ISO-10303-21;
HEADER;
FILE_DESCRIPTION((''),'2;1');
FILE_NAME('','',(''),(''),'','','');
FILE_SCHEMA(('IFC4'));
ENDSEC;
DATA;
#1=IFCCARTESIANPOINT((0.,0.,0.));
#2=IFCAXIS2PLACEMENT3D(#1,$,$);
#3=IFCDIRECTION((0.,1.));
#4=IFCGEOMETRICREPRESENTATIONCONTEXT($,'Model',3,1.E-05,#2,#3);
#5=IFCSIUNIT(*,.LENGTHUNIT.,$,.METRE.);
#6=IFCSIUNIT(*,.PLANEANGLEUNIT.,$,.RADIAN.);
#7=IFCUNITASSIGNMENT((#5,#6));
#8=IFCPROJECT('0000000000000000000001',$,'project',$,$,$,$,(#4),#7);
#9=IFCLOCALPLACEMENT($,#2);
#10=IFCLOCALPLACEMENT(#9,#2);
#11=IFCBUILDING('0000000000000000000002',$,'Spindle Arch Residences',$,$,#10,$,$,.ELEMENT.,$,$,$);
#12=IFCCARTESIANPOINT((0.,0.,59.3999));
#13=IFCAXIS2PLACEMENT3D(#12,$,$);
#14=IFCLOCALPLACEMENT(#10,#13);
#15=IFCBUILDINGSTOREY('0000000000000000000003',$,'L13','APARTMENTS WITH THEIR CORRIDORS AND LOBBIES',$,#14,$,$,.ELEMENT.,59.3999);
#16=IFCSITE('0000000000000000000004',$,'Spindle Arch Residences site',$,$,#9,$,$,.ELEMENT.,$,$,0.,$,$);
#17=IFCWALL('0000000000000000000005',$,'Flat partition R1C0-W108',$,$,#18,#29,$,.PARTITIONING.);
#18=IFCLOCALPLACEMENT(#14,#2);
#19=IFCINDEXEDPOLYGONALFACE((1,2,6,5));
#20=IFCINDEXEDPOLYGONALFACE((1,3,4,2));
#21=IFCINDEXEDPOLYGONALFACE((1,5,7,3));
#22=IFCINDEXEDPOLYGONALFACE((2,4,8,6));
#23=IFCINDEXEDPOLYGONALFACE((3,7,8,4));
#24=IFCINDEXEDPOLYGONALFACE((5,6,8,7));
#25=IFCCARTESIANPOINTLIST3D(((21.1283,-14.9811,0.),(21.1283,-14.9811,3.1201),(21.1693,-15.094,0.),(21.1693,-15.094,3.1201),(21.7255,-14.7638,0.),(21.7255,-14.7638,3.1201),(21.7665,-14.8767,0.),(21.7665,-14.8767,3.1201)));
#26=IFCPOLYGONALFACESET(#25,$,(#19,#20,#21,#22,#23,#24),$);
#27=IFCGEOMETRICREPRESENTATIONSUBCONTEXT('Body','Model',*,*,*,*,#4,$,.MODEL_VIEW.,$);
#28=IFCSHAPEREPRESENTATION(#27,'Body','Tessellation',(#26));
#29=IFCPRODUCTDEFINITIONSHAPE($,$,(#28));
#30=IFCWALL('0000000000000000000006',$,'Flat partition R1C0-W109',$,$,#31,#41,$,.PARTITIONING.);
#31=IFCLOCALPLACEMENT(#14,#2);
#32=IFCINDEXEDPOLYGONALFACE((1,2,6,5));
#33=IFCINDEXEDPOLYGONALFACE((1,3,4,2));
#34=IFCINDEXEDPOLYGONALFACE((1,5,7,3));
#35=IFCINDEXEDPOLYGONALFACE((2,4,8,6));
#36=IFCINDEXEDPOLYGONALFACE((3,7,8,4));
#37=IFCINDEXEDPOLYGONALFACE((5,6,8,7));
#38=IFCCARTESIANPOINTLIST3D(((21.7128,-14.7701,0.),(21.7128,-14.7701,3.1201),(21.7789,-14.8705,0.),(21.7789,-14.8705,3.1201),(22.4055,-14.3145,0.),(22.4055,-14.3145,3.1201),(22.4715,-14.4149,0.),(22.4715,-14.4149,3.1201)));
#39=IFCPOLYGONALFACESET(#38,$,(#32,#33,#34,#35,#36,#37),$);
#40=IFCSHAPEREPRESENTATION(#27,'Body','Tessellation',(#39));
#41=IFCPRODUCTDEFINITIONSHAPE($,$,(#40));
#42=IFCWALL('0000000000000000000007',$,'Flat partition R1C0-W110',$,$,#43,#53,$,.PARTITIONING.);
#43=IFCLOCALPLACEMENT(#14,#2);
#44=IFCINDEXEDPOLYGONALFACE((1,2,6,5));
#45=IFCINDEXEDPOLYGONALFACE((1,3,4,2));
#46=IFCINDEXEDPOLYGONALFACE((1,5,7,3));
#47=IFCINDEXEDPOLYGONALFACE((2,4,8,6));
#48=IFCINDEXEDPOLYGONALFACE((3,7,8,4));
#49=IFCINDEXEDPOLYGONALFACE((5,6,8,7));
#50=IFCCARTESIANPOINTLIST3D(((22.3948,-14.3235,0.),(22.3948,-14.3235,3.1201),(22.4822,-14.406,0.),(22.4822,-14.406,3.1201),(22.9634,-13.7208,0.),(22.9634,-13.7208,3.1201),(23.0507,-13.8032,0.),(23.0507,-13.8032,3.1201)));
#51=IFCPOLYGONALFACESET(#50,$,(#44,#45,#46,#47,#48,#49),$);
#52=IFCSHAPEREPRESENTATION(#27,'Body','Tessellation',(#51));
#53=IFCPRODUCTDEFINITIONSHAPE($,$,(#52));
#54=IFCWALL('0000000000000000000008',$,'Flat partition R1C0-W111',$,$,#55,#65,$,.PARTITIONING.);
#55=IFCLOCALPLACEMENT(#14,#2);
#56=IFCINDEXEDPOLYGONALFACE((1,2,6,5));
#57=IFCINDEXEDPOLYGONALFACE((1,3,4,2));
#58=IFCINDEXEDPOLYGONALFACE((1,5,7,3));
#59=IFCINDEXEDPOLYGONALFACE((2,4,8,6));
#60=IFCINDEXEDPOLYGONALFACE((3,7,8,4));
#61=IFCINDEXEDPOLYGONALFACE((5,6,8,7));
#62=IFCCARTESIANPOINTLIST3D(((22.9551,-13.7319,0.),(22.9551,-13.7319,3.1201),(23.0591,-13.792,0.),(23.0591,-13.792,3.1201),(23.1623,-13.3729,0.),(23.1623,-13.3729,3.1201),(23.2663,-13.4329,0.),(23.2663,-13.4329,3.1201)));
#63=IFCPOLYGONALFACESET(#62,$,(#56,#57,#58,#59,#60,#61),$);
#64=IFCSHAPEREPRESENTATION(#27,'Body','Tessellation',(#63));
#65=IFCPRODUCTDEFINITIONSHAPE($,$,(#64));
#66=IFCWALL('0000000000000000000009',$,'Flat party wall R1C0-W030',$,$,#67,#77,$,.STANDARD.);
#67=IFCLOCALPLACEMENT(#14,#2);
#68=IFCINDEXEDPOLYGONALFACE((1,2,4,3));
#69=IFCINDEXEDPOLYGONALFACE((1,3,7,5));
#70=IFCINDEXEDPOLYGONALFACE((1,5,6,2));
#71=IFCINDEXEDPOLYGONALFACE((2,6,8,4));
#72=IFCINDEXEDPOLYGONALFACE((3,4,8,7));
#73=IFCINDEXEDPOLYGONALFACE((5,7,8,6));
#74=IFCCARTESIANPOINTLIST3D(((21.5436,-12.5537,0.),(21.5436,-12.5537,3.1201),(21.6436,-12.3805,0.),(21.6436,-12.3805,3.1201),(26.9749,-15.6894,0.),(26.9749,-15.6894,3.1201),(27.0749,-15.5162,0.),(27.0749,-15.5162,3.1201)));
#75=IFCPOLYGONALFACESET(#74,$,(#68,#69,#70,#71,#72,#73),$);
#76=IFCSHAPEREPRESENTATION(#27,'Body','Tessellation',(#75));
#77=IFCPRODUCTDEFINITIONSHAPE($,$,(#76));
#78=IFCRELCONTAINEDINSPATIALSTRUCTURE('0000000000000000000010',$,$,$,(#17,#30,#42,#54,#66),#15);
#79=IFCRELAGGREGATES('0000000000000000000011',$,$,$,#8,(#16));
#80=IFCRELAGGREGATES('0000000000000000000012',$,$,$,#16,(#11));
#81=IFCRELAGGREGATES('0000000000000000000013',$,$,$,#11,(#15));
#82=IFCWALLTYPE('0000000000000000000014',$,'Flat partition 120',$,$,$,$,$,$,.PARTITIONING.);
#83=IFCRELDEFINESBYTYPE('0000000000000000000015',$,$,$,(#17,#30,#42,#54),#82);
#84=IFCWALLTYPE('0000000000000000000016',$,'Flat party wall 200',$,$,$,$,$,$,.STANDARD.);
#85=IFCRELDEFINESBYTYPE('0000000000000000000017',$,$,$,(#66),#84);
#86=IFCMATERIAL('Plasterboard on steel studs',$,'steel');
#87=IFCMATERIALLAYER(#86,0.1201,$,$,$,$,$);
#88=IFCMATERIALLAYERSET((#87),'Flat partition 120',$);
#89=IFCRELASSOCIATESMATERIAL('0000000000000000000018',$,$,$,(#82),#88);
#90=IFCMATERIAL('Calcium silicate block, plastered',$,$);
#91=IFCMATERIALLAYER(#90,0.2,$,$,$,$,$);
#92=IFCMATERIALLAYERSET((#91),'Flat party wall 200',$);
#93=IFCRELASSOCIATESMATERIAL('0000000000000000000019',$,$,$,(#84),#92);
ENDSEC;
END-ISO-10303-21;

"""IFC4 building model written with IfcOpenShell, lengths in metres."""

from ifc_helpers import new_model, si_unit, direction, frame, frame_2d, origin, place, context, subcontext, project, spatial, rectangle, extrude, material, layer, layer_set, type_object, element, save


model = new_model("IFC4")

# Units and contexts
model_context = context("Model", 3, precision=1e-05, world=origin(), true_north=direction((0.0, 1.0)))
body_context = subcontext(model_context, "Body", "Model", "MODEL_VIEW")
ifc_project = project(units=[si_unit("LENGTHUNIT", "METRE"), si_unit("PLANEANGLEUNIT", "RADIAN")], contexts=[model_context])

# Site, building, storey
site_placement = place(None, origin())
site = spatial("IfcSite", under=ifc_project, at=site_placement, Name="Spindle Arch Residences site", CompositionType="ELEMENT", RefElevation=0.0)
building_placement = place(site_placement, origin())
building = spatial("IfcBuilding", under=site, at=building_placement, Name="Spindle Arch Residences", CompositionType="ELEMENT")
storey_placement = place(building_placement, frame((0.0, 0.0, 59.3999)))
storey = spatial("IfcBuildingStorey", under=building, at=storey_placement, Name="L13", Description="APARTMENTS WITH THEIR CORRIDORS AND LOBBIES", CompositionType="ELEMENT", Elevation=59.3999)

# Shared definitions
ifc_material_1 = material(Name="Plasterboard on steel studs", Category="steel")
ifc_layer_1 = layer(ifc_material_1, 0.1201)
ifc_layer_set_1 = layer_set([ifc_layer_1], Name="Flat partition 120")
wall_type_1 = type_object("IfcWallType", Name="Flat partition 120", PredefinedType="PARTITIONING", material=ifc_layer_set_1)

# Walls
wall_1_placement = place(storey_placement, frame((21.1487, -15.0376, 0.0), z_axis=(0.0, 0.0, 1.0), x_axis=(0.939726, 0.341928, 0.0)))
element("IfcWall", 1, at=wall_1_placement, inside=storey, type_object=wall_type_1, Name="Flat partition R1C0-W108", PredefinedType="PARTITIONING", context=body_context, shape_type="SweptSolid", body=[
    extrude(rectangle(XDim=0.6355, YDim=0.1201, at=frame_2d((0.3179, 0.0))), origin(), (0.0, 0.0, 1.0), 3.1201),
])
wall_2_placement = place(storey_placement, frame((21.7458, -14.8203, 0.0), z_axis=(0.0, 0.0, 1.0), x_axis=(0.835478, 0.549525, 0.0)))
element("IfcWall", 2, at=wall_2_placement, inside=storey, type_object=wall_type_1, Name="Flat partition R1C0-W109", PredefinedType="PARTITIONING", context=body_context, shape_type="SweptSolid", body=[
    extrude(rectangle(XDim=0.8291, YDim=0.1201, at=frame_2d((0.4146, 0.0))), origin(), (0.0, 0.0, 1.0), 3.1201),
])
wall_3_placement = place(storey_placement, frame((22.4385, -14.3647, 0.0), z_axis=(0.0, 0.0, 1.0), x_axis=(0.686182, 0.72743, 0.0)))
element("IfcWall", 3, at=wall_3_placement, inside=storey, type_object=wall_type_1, Name="Flat partition R1C0-W110", PredefinedType="PARTITIONING", context=body_context, shape_type="SweptSolid", body=[
    extrude(rectangle(XDim=0.8286, YDim=0.1201, at=frame_2d((0.4143, 0.0))), origin(), (0.0, 0.0, 1.0), 3.1201),
])
wall_4_placement = place(storey_placement, frame((23.0071, -13.762, 0.0), z_axis=(0.0, 0.0, 1.0), x_axis=(0.499875, 0.866097, 0.0)))
element("IfcWall", 4, at=wall_4_placement, inside=storey, type_object=wall_type_1, Name="Flat partition R1C0-W111", PredefinedType="PARTITIONING", context=body_context, shape_type="SweptSolid", body=[
    extrude(rectangle(XDim=0.4146, YDim=0.1201, at=frame_2d((0.2073, 0.0))), origin(), (0.0, 0.0, 1.0), 3.1201),
])
ifc_material_2 = material(Name="Calcium silicate block, plastered")
ifc_layer_2 = layer(ifc_material_2, 0.2)
ifc_layer_set_2 = layer_set([ifc_layer_2], Name="Flat party wall 200")
wall_type_2 = type_object("IfcWallType", Name="Flat party wall 200", PredefinedType="STANDARD", material=ifc_layer_set_2)
wall_5_placement = place(storey_placement, frame((27.0249, -15.6028, 0.0), z_axis=(0.0, 0.0, 1.0), x_axis=(-0.866031, 0.499991, 0.0)))
element("IfcWall", 5, at=wall_5_placement, inside=storey, type_object=wall_type_2, Name="Flat party wall R1C0-W030", PredefinedType="STANDARD", context=body_context, shape_type="SweptSolid", body=[
    extrude(rectangle(XDim=6.2715, YDim=0.2, at=frame_2d((3.1357, 0.0))), origin(), (0.0, 0.0, 1.0), 3.1201),
])

save(model, "model.ifc")
